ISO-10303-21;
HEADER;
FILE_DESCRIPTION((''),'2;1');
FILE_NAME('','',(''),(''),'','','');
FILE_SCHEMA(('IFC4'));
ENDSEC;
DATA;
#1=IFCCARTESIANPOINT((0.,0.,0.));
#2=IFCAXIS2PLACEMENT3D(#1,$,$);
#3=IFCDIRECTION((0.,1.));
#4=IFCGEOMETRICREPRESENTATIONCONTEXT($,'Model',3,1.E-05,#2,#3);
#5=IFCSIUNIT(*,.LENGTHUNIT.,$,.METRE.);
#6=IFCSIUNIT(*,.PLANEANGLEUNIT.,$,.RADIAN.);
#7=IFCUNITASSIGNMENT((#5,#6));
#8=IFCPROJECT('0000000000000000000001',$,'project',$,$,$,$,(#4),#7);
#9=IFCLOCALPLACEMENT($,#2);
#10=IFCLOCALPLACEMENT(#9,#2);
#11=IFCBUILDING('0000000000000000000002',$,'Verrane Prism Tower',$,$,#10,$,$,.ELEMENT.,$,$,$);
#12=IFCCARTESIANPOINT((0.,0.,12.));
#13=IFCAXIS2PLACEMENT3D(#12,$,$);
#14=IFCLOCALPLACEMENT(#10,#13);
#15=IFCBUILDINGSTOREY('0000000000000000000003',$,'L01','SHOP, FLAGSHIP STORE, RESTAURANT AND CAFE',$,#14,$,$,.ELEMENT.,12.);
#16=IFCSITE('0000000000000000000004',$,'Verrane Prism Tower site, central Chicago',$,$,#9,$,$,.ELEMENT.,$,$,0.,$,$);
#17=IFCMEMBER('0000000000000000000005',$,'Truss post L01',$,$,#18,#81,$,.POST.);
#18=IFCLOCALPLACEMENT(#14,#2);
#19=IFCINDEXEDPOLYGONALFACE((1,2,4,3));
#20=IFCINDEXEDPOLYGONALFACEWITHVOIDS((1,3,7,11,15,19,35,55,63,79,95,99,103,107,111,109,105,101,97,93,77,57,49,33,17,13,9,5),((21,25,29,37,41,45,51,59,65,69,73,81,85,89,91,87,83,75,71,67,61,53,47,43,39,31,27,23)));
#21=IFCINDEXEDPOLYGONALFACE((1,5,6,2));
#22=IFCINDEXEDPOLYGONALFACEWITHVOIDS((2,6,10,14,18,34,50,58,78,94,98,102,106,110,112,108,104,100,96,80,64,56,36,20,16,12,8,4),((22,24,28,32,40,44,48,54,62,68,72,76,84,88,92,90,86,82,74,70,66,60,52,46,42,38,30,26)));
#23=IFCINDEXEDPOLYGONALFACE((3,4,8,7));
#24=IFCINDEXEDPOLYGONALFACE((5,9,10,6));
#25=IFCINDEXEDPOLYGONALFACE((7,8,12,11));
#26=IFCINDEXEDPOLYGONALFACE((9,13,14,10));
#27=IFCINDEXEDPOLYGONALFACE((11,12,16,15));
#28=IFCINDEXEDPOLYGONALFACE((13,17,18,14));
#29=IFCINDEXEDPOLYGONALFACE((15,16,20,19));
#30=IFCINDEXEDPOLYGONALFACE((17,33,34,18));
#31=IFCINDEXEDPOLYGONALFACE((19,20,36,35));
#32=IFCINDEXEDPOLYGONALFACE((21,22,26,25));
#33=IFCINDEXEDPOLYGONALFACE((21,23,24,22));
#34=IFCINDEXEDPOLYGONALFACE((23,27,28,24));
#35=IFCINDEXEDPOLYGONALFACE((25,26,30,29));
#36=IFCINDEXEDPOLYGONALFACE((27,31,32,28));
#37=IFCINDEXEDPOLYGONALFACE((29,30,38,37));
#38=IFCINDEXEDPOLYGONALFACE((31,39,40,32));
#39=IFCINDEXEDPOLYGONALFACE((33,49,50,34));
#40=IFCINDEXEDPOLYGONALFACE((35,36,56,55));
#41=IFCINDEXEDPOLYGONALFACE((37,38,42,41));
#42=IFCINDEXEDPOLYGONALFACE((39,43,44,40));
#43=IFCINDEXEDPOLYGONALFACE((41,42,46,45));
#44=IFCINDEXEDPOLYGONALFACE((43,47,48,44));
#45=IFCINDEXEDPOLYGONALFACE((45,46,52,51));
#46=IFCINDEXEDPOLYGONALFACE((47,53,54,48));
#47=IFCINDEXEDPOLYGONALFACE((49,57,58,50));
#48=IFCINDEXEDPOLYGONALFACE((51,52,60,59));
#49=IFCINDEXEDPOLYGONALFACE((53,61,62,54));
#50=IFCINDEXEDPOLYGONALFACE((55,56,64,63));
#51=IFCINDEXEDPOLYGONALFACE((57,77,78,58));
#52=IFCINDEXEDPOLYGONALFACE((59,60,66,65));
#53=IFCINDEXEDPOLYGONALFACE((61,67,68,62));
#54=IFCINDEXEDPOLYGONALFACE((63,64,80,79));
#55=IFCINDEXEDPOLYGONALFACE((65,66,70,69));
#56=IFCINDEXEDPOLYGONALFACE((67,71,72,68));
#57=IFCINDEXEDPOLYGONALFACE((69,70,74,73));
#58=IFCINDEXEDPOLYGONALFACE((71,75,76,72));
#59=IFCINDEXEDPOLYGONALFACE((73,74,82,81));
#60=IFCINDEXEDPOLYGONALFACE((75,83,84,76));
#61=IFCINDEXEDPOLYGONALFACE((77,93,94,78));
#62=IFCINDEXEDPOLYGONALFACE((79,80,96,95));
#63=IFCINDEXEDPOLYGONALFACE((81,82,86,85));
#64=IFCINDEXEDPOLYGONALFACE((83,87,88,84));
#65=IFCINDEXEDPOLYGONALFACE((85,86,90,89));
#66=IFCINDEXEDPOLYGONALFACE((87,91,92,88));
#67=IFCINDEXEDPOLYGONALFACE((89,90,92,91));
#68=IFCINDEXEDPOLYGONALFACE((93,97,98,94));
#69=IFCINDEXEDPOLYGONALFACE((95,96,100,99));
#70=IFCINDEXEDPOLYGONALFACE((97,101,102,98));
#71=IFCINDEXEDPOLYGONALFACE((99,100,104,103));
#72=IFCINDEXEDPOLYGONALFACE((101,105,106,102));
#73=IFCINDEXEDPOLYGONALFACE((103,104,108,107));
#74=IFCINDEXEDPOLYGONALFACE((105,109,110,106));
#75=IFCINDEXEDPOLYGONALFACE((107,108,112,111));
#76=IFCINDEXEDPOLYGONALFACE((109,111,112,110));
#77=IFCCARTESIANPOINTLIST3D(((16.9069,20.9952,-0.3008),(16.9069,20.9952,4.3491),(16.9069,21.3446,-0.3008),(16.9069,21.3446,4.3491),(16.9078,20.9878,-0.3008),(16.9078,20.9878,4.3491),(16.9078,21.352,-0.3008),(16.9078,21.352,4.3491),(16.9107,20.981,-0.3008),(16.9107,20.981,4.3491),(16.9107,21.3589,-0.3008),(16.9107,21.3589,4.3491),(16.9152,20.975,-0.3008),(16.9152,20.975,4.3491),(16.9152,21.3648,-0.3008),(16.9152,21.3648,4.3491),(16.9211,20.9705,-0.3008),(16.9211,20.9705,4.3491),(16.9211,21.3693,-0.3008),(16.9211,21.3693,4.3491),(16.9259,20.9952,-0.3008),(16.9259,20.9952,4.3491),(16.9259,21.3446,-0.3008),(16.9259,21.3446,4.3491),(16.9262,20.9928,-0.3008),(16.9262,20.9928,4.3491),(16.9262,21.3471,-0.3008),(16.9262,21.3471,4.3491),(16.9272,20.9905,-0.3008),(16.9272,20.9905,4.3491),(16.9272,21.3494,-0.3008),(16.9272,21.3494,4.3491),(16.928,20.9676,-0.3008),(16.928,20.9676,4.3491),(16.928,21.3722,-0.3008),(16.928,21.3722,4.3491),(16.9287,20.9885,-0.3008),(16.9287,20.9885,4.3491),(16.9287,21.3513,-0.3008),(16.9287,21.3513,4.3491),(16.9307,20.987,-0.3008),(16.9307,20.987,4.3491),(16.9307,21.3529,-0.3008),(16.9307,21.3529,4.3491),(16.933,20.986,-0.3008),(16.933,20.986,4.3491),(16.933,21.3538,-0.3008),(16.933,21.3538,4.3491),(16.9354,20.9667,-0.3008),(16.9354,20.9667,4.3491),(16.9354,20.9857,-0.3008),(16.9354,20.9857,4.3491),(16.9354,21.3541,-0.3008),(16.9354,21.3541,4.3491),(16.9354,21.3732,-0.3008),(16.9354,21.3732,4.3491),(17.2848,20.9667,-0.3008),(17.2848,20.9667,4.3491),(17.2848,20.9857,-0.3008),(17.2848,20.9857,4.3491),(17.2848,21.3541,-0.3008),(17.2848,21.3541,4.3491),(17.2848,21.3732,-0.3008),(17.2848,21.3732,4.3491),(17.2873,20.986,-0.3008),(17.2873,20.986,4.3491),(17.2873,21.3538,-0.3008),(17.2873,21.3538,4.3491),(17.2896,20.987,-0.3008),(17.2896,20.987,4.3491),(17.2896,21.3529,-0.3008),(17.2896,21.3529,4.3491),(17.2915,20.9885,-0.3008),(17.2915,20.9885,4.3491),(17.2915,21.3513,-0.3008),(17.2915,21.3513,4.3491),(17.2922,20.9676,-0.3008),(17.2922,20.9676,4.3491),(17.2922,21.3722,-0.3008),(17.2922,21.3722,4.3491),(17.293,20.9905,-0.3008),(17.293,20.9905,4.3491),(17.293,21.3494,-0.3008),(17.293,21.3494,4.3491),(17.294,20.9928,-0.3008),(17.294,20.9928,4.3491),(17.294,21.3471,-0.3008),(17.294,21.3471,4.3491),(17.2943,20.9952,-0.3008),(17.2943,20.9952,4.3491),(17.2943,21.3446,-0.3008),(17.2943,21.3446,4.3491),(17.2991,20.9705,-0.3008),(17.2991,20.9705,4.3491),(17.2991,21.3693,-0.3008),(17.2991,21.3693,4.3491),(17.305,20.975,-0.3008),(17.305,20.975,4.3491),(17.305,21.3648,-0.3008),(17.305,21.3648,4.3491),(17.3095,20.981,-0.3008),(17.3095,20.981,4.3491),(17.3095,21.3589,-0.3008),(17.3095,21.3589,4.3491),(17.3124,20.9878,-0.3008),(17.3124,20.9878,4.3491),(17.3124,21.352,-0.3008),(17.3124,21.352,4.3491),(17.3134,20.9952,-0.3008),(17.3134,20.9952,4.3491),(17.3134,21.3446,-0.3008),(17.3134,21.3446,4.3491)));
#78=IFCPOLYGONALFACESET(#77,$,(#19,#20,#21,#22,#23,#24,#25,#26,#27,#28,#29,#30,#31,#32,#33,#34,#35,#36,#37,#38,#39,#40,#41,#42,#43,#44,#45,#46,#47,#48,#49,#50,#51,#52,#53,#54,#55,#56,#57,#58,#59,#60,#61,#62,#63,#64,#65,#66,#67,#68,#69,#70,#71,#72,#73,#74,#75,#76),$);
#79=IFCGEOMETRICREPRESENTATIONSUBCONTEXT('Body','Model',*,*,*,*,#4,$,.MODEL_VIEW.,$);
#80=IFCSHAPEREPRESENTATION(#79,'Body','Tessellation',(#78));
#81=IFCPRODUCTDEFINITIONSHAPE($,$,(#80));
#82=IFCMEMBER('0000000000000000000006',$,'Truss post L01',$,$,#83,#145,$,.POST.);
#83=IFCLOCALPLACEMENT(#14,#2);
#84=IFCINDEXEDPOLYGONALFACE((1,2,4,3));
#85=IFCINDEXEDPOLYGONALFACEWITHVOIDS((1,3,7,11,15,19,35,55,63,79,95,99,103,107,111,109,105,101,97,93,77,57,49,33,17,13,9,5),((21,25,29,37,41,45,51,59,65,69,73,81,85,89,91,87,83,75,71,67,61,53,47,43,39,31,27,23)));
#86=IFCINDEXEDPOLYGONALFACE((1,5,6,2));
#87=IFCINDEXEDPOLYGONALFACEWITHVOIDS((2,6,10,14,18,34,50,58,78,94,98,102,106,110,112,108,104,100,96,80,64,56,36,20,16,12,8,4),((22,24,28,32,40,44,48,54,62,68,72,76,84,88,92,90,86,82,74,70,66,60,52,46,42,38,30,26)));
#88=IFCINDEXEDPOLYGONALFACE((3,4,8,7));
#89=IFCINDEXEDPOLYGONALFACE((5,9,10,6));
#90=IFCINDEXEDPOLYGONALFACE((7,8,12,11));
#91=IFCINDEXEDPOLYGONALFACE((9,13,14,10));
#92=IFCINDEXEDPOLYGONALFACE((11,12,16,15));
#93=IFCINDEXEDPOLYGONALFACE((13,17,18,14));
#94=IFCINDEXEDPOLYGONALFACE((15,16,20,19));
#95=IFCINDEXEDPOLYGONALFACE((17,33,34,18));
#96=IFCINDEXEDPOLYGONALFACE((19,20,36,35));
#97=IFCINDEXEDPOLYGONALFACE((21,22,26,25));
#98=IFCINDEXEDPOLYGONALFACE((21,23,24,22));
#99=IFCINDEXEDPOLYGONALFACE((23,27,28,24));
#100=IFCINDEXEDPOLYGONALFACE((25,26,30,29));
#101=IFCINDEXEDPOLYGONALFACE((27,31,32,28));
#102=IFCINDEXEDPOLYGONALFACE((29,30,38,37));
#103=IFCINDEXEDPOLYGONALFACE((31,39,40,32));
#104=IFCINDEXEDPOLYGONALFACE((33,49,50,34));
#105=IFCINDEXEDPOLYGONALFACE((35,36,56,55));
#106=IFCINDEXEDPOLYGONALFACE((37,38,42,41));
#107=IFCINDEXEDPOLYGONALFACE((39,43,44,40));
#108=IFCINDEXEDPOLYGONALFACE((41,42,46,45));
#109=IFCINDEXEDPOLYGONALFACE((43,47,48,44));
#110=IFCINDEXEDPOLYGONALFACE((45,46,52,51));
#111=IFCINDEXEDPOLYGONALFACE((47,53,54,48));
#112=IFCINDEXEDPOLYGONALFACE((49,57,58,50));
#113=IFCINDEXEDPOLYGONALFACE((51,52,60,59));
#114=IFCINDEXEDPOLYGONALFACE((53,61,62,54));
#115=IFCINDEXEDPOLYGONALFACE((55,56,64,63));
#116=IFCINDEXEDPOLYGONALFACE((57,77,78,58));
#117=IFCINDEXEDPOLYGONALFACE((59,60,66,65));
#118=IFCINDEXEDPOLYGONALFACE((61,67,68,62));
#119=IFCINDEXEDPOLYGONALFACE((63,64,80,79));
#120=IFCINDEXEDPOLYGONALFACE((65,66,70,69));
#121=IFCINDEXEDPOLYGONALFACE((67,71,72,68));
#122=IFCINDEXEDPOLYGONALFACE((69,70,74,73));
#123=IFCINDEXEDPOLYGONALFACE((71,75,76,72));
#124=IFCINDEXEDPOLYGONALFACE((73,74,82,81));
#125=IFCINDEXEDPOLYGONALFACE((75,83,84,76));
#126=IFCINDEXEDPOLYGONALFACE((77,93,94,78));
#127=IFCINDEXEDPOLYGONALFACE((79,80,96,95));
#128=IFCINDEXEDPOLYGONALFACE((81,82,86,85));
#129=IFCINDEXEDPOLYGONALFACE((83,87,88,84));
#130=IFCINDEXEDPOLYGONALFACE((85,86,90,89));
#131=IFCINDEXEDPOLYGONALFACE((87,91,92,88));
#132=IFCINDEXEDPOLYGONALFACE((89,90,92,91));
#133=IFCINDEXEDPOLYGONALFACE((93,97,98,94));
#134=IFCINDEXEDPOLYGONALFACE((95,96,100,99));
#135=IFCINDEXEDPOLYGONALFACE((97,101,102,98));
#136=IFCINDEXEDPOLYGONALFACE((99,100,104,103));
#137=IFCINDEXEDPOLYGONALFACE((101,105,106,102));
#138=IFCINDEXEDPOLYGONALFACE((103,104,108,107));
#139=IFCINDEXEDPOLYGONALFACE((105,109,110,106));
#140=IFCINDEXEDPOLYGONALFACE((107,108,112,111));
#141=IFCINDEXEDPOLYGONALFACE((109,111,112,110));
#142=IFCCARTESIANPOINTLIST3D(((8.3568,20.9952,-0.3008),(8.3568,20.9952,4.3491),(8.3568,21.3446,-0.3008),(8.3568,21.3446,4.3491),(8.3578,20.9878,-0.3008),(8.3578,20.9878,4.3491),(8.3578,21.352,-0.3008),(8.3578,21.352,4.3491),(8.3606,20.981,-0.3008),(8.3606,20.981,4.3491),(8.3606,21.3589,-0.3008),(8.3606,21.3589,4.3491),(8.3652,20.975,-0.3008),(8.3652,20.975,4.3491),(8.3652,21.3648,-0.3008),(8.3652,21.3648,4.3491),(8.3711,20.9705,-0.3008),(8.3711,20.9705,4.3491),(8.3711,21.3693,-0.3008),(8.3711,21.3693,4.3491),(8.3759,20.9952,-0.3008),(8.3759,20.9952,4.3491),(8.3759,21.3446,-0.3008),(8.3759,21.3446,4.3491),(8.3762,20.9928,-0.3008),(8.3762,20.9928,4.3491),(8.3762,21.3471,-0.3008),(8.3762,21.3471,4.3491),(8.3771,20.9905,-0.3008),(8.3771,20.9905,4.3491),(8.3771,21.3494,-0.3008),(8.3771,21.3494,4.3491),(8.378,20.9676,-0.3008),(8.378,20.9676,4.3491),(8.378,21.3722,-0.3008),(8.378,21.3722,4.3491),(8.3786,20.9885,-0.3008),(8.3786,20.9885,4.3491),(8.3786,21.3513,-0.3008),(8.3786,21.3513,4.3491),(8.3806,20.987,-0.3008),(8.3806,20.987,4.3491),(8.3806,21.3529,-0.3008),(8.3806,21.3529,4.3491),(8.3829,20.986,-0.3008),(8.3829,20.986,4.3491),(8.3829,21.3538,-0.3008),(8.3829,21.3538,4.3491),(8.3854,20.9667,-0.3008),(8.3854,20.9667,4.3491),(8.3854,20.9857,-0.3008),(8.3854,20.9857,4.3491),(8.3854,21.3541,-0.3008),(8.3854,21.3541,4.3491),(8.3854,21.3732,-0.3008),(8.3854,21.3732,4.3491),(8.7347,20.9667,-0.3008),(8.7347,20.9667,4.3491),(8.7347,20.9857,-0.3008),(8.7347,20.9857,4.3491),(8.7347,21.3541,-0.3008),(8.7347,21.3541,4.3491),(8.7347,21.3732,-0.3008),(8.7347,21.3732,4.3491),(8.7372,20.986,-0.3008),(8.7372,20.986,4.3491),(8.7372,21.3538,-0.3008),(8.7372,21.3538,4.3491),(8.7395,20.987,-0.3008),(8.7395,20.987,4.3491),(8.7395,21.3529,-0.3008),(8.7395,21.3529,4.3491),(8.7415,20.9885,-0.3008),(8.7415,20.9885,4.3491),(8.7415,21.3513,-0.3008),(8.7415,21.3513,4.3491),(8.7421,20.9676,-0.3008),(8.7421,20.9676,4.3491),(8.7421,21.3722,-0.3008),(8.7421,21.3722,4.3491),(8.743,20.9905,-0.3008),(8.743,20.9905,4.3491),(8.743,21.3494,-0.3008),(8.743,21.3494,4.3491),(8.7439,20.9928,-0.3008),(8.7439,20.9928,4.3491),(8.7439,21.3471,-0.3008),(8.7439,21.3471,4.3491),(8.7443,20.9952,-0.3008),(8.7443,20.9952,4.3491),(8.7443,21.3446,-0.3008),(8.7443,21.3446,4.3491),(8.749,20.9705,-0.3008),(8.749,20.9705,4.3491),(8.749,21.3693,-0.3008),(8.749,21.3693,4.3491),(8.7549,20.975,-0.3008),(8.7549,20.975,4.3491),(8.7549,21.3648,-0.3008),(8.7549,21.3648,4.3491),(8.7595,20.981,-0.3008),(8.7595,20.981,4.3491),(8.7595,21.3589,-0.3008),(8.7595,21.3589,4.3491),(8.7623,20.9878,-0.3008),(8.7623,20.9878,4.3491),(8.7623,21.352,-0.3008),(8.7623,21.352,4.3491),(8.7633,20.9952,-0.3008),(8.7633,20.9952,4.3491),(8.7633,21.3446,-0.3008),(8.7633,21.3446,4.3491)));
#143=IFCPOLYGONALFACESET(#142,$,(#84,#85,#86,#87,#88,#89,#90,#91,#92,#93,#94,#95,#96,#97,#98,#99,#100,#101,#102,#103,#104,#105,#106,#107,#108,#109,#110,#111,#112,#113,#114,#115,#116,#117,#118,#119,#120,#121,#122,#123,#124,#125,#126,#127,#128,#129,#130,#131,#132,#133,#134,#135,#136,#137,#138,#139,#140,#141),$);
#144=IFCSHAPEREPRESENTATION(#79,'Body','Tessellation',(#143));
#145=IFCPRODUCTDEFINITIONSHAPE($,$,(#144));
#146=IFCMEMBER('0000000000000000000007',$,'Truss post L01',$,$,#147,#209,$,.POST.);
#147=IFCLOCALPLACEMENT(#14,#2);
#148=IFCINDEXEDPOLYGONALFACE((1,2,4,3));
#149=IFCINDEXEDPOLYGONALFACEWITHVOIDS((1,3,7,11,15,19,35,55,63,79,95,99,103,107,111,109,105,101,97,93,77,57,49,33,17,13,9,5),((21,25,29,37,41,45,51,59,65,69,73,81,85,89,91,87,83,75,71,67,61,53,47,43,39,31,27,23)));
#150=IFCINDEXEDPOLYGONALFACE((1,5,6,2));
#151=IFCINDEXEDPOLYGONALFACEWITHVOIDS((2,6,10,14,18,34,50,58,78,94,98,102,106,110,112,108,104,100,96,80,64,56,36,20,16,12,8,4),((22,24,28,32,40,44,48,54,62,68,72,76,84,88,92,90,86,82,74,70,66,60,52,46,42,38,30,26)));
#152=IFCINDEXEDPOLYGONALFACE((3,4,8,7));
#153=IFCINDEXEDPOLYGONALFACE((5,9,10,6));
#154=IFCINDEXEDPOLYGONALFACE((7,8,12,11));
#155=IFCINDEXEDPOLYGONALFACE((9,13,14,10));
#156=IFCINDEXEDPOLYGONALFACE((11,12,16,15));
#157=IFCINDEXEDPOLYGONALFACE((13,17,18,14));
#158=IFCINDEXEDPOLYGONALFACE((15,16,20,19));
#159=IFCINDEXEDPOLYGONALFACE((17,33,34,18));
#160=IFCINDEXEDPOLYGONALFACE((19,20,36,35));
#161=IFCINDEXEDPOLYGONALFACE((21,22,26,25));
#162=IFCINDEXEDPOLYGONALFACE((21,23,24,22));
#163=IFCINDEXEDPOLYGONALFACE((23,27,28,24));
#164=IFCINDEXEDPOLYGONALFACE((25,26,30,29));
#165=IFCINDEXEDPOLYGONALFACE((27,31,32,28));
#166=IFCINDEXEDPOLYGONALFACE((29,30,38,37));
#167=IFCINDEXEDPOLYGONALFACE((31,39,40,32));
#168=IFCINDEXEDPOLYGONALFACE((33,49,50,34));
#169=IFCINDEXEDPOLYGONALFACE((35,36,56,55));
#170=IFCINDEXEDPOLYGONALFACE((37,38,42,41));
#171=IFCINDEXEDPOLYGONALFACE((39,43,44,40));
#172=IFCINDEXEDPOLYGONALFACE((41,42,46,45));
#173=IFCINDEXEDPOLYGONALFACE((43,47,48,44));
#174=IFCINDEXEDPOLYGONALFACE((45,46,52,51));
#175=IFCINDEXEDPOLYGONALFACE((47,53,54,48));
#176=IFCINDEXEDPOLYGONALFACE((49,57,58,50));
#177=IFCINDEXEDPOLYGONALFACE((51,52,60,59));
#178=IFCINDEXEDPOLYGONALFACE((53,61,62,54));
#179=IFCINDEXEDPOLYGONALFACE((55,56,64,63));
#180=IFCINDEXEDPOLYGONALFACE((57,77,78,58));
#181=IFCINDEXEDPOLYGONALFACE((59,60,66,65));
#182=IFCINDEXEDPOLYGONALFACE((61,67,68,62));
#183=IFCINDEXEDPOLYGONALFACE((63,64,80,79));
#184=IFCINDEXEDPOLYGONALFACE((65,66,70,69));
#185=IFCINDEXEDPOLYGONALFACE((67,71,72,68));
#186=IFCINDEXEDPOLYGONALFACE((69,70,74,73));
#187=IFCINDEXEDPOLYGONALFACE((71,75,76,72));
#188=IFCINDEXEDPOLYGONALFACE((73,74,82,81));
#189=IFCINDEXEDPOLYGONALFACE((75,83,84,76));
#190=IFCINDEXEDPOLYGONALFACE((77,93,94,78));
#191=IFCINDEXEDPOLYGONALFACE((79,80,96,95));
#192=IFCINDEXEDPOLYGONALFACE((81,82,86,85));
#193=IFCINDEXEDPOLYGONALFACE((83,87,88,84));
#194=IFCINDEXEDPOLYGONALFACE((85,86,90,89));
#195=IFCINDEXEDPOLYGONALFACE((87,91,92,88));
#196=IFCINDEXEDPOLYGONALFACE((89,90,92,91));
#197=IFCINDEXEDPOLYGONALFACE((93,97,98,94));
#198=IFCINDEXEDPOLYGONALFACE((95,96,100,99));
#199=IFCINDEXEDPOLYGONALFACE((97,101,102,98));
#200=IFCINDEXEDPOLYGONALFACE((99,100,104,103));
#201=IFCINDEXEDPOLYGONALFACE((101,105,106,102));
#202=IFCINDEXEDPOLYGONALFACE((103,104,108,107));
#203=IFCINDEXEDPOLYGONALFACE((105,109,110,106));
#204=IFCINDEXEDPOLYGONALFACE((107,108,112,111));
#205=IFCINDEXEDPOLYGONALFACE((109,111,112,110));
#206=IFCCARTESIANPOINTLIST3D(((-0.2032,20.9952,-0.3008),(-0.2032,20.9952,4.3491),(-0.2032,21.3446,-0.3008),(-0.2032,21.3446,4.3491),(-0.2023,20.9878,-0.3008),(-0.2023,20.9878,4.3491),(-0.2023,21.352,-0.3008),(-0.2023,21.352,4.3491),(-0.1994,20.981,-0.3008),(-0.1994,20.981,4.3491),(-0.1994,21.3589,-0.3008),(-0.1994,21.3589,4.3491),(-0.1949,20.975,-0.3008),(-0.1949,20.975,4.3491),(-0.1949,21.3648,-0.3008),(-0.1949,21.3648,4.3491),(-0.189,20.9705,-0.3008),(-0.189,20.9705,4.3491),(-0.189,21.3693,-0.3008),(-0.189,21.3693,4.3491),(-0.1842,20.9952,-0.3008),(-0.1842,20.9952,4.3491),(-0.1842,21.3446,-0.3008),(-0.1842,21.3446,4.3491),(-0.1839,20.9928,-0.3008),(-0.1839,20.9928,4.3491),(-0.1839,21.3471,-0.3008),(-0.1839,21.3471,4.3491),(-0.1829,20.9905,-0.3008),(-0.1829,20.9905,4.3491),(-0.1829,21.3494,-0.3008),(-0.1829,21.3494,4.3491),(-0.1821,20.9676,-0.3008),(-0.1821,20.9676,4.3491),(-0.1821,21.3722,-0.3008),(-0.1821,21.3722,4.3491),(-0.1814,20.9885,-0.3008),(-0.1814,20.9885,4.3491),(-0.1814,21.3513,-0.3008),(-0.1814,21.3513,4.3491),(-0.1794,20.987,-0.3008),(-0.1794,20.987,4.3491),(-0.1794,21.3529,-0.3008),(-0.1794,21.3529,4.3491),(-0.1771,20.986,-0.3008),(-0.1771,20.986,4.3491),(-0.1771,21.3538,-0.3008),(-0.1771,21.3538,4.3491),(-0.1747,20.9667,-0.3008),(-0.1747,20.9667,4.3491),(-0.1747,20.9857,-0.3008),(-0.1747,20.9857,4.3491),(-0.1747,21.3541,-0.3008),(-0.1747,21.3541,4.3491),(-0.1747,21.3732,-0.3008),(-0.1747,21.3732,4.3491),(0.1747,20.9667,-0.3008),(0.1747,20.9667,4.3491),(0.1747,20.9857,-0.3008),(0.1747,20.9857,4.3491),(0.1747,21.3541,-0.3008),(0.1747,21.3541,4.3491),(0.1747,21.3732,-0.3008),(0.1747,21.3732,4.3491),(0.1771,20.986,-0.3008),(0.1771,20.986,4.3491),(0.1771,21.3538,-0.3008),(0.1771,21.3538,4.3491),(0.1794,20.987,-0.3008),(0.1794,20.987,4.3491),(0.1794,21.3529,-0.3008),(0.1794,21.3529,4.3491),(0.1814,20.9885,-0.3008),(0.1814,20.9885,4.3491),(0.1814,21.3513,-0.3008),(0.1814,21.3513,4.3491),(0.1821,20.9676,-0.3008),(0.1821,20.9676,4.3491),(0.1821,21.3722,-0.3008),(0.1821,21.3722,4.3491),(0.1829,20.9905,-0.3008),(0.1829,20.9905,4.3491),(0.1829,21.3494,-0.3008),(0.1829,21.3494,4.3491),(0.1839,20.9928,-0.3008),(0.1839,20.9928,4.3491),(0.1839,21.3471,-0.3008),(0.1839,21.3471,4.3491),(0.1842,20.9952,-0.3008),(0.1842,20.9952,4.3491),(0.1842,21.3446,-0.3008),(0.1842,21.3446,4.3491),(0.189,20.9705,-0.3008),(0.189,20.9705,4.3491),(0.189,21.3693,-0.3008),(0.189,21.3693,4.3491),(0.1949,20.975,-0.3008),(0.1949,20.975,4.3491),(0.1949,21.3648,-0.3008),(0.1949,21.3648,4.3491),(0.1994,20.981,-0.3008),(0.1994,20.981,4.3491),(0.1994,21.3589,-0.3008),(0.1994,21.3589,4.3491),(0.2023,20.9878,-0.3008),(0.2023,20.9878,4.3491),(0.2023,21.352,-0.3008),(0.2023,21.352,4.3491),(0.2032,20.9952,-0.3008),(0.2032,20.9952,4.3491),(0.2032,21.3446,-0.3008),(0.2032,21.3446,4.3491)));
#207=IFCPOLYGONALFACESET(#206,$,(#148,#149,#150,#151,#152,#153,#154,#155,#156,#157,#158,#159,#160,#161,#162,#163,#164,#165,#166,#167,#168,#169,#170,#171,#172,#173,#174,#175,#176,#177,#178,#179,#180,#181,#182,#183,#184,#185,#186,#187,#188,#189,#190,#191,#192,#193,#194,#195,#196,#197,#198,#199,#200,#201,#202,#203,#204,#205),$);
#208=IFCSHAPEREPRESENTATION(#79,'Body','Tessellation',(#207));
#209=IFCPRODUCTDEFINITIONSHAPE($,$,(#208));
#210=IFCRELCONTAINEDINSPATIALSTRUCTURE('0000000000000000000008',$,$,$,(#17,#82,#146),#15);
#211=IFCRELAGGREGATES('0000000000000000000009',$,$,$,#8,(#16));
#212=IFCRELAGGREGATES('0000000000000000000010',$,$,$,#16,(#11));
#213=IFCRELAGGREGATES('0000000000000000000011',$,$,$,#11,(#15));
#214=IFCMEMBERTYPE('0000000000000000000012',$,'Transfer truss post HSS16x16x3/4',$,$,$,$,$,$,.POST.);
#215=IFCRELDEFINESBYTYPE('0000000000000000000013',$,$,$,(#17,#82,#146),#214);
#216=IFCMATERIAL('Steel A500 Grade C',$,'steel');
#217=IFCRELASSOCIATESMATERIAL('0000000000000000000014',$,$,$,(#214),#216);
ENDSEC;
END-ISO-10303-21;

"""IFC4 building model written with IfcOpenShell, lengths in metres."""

from ifc_helpers import new_model, si_unit, direction, frame, origin, origin_2d, place, context, subcontext, project, spatial, hollow_rectangle, extrude, material, material_profile, profile_set, type_object, element, save


model = new_model("IFC4")

# Units and contexts
model_context = context("Model", 3, precision=1e-05, world=origin(), true_north=direction((0.0, 1.0)))
body_context = subcontext(model_context, "Body", "Model", "MODEL_VIEW")
ifc_project = project(units=[si_unit("LENGTHUNIT", "METRE"), si_unit("PLANEANGLEUNIT", "RADIAN")], contexts=[model_context])

# Site, building, storey
site_placement = place(None, origin())
site = spatial("IfcSite", under=ifc_project, at=site_placement, Name="Verrane Prism Tower site, central Chicago", CompositionType="ELEMENT", RefElevation=0.0)
building_placement = place(site_placement, origin())
building = spatial("IfcBuilding", under=site, at=building_placement, Name="Verrane Prism Tower", CompositionType="ELEMENT")
storey_placement = place(building_placement, frame((0.0, 0.0, 12.0)))
storey = spatial("IfcBuildingStorey", under=building, at=storey_placement, Name="L01", Description="SHOP, FLAGSHIP STORE, RESTAURANT AND CAFE", CompositionType="ELEMENT", Elevation=12.0)

# Members
ifc_material_1 = material(Name="Steel A500 Grade C", Category="steel")
ifc_material_profile_1 = material_profile(ifc_material_1, hollow_rectangle(XDim=0.4065, YDim=0.4065, WallThickness=0.019, InnerFilletRadius=0.0095, OuterFilletRadius=0.0286, at=origin_2d()), Name="HSS16x16x3/4")
ifc_profile_set_1 = profile_set([ifc_material_profile_1], Name="Steel A500 Grade C")
member_type_1 = type_object("IfcMemberType", Name="Transfer truss post HSS16x16x3/4", PredefinedType="POST", material=ifc_profile_set_1)
for number, where, z_axis, x_axis, name in (
    (1, (17.1101, 21.1699, -0.3008), (0.0, 0.0, 1.0), (1.0, 0.0, 0.0), "Truss post L01"),
    (2, (8.5601, 21.1699, -0.3008), (0.0, 0.0, 1.0), (1.0, 0.0, 0.0), "Truss post L01"),
    (3, (0.0, 21.1699, -0.3008), (0.0, 0.0, 1.0), (1.0, 0.0, 0.0), "Truss post L01"),
):
    element("IfcMember", number, at=place(storey_placement, frame(where, z_axis=z_axis, x_axis=x_axis)), inside=storey, type_object=member_type_1, Name=name, PredefinedType="POST", context=body_context, shape_type="SweptSolid", body=[
        extrude(hollow_rectangle(XDim=0.4065, YDim=0.4065, WallThickness=0.019, InnerFilletRadius=0.0095, OuterFilletRadius=0.0286, at=origin_2d()), origin(), (0.0, 0.0, 1.0), 4.6499),
    ])

save(model, "model.ifc")
